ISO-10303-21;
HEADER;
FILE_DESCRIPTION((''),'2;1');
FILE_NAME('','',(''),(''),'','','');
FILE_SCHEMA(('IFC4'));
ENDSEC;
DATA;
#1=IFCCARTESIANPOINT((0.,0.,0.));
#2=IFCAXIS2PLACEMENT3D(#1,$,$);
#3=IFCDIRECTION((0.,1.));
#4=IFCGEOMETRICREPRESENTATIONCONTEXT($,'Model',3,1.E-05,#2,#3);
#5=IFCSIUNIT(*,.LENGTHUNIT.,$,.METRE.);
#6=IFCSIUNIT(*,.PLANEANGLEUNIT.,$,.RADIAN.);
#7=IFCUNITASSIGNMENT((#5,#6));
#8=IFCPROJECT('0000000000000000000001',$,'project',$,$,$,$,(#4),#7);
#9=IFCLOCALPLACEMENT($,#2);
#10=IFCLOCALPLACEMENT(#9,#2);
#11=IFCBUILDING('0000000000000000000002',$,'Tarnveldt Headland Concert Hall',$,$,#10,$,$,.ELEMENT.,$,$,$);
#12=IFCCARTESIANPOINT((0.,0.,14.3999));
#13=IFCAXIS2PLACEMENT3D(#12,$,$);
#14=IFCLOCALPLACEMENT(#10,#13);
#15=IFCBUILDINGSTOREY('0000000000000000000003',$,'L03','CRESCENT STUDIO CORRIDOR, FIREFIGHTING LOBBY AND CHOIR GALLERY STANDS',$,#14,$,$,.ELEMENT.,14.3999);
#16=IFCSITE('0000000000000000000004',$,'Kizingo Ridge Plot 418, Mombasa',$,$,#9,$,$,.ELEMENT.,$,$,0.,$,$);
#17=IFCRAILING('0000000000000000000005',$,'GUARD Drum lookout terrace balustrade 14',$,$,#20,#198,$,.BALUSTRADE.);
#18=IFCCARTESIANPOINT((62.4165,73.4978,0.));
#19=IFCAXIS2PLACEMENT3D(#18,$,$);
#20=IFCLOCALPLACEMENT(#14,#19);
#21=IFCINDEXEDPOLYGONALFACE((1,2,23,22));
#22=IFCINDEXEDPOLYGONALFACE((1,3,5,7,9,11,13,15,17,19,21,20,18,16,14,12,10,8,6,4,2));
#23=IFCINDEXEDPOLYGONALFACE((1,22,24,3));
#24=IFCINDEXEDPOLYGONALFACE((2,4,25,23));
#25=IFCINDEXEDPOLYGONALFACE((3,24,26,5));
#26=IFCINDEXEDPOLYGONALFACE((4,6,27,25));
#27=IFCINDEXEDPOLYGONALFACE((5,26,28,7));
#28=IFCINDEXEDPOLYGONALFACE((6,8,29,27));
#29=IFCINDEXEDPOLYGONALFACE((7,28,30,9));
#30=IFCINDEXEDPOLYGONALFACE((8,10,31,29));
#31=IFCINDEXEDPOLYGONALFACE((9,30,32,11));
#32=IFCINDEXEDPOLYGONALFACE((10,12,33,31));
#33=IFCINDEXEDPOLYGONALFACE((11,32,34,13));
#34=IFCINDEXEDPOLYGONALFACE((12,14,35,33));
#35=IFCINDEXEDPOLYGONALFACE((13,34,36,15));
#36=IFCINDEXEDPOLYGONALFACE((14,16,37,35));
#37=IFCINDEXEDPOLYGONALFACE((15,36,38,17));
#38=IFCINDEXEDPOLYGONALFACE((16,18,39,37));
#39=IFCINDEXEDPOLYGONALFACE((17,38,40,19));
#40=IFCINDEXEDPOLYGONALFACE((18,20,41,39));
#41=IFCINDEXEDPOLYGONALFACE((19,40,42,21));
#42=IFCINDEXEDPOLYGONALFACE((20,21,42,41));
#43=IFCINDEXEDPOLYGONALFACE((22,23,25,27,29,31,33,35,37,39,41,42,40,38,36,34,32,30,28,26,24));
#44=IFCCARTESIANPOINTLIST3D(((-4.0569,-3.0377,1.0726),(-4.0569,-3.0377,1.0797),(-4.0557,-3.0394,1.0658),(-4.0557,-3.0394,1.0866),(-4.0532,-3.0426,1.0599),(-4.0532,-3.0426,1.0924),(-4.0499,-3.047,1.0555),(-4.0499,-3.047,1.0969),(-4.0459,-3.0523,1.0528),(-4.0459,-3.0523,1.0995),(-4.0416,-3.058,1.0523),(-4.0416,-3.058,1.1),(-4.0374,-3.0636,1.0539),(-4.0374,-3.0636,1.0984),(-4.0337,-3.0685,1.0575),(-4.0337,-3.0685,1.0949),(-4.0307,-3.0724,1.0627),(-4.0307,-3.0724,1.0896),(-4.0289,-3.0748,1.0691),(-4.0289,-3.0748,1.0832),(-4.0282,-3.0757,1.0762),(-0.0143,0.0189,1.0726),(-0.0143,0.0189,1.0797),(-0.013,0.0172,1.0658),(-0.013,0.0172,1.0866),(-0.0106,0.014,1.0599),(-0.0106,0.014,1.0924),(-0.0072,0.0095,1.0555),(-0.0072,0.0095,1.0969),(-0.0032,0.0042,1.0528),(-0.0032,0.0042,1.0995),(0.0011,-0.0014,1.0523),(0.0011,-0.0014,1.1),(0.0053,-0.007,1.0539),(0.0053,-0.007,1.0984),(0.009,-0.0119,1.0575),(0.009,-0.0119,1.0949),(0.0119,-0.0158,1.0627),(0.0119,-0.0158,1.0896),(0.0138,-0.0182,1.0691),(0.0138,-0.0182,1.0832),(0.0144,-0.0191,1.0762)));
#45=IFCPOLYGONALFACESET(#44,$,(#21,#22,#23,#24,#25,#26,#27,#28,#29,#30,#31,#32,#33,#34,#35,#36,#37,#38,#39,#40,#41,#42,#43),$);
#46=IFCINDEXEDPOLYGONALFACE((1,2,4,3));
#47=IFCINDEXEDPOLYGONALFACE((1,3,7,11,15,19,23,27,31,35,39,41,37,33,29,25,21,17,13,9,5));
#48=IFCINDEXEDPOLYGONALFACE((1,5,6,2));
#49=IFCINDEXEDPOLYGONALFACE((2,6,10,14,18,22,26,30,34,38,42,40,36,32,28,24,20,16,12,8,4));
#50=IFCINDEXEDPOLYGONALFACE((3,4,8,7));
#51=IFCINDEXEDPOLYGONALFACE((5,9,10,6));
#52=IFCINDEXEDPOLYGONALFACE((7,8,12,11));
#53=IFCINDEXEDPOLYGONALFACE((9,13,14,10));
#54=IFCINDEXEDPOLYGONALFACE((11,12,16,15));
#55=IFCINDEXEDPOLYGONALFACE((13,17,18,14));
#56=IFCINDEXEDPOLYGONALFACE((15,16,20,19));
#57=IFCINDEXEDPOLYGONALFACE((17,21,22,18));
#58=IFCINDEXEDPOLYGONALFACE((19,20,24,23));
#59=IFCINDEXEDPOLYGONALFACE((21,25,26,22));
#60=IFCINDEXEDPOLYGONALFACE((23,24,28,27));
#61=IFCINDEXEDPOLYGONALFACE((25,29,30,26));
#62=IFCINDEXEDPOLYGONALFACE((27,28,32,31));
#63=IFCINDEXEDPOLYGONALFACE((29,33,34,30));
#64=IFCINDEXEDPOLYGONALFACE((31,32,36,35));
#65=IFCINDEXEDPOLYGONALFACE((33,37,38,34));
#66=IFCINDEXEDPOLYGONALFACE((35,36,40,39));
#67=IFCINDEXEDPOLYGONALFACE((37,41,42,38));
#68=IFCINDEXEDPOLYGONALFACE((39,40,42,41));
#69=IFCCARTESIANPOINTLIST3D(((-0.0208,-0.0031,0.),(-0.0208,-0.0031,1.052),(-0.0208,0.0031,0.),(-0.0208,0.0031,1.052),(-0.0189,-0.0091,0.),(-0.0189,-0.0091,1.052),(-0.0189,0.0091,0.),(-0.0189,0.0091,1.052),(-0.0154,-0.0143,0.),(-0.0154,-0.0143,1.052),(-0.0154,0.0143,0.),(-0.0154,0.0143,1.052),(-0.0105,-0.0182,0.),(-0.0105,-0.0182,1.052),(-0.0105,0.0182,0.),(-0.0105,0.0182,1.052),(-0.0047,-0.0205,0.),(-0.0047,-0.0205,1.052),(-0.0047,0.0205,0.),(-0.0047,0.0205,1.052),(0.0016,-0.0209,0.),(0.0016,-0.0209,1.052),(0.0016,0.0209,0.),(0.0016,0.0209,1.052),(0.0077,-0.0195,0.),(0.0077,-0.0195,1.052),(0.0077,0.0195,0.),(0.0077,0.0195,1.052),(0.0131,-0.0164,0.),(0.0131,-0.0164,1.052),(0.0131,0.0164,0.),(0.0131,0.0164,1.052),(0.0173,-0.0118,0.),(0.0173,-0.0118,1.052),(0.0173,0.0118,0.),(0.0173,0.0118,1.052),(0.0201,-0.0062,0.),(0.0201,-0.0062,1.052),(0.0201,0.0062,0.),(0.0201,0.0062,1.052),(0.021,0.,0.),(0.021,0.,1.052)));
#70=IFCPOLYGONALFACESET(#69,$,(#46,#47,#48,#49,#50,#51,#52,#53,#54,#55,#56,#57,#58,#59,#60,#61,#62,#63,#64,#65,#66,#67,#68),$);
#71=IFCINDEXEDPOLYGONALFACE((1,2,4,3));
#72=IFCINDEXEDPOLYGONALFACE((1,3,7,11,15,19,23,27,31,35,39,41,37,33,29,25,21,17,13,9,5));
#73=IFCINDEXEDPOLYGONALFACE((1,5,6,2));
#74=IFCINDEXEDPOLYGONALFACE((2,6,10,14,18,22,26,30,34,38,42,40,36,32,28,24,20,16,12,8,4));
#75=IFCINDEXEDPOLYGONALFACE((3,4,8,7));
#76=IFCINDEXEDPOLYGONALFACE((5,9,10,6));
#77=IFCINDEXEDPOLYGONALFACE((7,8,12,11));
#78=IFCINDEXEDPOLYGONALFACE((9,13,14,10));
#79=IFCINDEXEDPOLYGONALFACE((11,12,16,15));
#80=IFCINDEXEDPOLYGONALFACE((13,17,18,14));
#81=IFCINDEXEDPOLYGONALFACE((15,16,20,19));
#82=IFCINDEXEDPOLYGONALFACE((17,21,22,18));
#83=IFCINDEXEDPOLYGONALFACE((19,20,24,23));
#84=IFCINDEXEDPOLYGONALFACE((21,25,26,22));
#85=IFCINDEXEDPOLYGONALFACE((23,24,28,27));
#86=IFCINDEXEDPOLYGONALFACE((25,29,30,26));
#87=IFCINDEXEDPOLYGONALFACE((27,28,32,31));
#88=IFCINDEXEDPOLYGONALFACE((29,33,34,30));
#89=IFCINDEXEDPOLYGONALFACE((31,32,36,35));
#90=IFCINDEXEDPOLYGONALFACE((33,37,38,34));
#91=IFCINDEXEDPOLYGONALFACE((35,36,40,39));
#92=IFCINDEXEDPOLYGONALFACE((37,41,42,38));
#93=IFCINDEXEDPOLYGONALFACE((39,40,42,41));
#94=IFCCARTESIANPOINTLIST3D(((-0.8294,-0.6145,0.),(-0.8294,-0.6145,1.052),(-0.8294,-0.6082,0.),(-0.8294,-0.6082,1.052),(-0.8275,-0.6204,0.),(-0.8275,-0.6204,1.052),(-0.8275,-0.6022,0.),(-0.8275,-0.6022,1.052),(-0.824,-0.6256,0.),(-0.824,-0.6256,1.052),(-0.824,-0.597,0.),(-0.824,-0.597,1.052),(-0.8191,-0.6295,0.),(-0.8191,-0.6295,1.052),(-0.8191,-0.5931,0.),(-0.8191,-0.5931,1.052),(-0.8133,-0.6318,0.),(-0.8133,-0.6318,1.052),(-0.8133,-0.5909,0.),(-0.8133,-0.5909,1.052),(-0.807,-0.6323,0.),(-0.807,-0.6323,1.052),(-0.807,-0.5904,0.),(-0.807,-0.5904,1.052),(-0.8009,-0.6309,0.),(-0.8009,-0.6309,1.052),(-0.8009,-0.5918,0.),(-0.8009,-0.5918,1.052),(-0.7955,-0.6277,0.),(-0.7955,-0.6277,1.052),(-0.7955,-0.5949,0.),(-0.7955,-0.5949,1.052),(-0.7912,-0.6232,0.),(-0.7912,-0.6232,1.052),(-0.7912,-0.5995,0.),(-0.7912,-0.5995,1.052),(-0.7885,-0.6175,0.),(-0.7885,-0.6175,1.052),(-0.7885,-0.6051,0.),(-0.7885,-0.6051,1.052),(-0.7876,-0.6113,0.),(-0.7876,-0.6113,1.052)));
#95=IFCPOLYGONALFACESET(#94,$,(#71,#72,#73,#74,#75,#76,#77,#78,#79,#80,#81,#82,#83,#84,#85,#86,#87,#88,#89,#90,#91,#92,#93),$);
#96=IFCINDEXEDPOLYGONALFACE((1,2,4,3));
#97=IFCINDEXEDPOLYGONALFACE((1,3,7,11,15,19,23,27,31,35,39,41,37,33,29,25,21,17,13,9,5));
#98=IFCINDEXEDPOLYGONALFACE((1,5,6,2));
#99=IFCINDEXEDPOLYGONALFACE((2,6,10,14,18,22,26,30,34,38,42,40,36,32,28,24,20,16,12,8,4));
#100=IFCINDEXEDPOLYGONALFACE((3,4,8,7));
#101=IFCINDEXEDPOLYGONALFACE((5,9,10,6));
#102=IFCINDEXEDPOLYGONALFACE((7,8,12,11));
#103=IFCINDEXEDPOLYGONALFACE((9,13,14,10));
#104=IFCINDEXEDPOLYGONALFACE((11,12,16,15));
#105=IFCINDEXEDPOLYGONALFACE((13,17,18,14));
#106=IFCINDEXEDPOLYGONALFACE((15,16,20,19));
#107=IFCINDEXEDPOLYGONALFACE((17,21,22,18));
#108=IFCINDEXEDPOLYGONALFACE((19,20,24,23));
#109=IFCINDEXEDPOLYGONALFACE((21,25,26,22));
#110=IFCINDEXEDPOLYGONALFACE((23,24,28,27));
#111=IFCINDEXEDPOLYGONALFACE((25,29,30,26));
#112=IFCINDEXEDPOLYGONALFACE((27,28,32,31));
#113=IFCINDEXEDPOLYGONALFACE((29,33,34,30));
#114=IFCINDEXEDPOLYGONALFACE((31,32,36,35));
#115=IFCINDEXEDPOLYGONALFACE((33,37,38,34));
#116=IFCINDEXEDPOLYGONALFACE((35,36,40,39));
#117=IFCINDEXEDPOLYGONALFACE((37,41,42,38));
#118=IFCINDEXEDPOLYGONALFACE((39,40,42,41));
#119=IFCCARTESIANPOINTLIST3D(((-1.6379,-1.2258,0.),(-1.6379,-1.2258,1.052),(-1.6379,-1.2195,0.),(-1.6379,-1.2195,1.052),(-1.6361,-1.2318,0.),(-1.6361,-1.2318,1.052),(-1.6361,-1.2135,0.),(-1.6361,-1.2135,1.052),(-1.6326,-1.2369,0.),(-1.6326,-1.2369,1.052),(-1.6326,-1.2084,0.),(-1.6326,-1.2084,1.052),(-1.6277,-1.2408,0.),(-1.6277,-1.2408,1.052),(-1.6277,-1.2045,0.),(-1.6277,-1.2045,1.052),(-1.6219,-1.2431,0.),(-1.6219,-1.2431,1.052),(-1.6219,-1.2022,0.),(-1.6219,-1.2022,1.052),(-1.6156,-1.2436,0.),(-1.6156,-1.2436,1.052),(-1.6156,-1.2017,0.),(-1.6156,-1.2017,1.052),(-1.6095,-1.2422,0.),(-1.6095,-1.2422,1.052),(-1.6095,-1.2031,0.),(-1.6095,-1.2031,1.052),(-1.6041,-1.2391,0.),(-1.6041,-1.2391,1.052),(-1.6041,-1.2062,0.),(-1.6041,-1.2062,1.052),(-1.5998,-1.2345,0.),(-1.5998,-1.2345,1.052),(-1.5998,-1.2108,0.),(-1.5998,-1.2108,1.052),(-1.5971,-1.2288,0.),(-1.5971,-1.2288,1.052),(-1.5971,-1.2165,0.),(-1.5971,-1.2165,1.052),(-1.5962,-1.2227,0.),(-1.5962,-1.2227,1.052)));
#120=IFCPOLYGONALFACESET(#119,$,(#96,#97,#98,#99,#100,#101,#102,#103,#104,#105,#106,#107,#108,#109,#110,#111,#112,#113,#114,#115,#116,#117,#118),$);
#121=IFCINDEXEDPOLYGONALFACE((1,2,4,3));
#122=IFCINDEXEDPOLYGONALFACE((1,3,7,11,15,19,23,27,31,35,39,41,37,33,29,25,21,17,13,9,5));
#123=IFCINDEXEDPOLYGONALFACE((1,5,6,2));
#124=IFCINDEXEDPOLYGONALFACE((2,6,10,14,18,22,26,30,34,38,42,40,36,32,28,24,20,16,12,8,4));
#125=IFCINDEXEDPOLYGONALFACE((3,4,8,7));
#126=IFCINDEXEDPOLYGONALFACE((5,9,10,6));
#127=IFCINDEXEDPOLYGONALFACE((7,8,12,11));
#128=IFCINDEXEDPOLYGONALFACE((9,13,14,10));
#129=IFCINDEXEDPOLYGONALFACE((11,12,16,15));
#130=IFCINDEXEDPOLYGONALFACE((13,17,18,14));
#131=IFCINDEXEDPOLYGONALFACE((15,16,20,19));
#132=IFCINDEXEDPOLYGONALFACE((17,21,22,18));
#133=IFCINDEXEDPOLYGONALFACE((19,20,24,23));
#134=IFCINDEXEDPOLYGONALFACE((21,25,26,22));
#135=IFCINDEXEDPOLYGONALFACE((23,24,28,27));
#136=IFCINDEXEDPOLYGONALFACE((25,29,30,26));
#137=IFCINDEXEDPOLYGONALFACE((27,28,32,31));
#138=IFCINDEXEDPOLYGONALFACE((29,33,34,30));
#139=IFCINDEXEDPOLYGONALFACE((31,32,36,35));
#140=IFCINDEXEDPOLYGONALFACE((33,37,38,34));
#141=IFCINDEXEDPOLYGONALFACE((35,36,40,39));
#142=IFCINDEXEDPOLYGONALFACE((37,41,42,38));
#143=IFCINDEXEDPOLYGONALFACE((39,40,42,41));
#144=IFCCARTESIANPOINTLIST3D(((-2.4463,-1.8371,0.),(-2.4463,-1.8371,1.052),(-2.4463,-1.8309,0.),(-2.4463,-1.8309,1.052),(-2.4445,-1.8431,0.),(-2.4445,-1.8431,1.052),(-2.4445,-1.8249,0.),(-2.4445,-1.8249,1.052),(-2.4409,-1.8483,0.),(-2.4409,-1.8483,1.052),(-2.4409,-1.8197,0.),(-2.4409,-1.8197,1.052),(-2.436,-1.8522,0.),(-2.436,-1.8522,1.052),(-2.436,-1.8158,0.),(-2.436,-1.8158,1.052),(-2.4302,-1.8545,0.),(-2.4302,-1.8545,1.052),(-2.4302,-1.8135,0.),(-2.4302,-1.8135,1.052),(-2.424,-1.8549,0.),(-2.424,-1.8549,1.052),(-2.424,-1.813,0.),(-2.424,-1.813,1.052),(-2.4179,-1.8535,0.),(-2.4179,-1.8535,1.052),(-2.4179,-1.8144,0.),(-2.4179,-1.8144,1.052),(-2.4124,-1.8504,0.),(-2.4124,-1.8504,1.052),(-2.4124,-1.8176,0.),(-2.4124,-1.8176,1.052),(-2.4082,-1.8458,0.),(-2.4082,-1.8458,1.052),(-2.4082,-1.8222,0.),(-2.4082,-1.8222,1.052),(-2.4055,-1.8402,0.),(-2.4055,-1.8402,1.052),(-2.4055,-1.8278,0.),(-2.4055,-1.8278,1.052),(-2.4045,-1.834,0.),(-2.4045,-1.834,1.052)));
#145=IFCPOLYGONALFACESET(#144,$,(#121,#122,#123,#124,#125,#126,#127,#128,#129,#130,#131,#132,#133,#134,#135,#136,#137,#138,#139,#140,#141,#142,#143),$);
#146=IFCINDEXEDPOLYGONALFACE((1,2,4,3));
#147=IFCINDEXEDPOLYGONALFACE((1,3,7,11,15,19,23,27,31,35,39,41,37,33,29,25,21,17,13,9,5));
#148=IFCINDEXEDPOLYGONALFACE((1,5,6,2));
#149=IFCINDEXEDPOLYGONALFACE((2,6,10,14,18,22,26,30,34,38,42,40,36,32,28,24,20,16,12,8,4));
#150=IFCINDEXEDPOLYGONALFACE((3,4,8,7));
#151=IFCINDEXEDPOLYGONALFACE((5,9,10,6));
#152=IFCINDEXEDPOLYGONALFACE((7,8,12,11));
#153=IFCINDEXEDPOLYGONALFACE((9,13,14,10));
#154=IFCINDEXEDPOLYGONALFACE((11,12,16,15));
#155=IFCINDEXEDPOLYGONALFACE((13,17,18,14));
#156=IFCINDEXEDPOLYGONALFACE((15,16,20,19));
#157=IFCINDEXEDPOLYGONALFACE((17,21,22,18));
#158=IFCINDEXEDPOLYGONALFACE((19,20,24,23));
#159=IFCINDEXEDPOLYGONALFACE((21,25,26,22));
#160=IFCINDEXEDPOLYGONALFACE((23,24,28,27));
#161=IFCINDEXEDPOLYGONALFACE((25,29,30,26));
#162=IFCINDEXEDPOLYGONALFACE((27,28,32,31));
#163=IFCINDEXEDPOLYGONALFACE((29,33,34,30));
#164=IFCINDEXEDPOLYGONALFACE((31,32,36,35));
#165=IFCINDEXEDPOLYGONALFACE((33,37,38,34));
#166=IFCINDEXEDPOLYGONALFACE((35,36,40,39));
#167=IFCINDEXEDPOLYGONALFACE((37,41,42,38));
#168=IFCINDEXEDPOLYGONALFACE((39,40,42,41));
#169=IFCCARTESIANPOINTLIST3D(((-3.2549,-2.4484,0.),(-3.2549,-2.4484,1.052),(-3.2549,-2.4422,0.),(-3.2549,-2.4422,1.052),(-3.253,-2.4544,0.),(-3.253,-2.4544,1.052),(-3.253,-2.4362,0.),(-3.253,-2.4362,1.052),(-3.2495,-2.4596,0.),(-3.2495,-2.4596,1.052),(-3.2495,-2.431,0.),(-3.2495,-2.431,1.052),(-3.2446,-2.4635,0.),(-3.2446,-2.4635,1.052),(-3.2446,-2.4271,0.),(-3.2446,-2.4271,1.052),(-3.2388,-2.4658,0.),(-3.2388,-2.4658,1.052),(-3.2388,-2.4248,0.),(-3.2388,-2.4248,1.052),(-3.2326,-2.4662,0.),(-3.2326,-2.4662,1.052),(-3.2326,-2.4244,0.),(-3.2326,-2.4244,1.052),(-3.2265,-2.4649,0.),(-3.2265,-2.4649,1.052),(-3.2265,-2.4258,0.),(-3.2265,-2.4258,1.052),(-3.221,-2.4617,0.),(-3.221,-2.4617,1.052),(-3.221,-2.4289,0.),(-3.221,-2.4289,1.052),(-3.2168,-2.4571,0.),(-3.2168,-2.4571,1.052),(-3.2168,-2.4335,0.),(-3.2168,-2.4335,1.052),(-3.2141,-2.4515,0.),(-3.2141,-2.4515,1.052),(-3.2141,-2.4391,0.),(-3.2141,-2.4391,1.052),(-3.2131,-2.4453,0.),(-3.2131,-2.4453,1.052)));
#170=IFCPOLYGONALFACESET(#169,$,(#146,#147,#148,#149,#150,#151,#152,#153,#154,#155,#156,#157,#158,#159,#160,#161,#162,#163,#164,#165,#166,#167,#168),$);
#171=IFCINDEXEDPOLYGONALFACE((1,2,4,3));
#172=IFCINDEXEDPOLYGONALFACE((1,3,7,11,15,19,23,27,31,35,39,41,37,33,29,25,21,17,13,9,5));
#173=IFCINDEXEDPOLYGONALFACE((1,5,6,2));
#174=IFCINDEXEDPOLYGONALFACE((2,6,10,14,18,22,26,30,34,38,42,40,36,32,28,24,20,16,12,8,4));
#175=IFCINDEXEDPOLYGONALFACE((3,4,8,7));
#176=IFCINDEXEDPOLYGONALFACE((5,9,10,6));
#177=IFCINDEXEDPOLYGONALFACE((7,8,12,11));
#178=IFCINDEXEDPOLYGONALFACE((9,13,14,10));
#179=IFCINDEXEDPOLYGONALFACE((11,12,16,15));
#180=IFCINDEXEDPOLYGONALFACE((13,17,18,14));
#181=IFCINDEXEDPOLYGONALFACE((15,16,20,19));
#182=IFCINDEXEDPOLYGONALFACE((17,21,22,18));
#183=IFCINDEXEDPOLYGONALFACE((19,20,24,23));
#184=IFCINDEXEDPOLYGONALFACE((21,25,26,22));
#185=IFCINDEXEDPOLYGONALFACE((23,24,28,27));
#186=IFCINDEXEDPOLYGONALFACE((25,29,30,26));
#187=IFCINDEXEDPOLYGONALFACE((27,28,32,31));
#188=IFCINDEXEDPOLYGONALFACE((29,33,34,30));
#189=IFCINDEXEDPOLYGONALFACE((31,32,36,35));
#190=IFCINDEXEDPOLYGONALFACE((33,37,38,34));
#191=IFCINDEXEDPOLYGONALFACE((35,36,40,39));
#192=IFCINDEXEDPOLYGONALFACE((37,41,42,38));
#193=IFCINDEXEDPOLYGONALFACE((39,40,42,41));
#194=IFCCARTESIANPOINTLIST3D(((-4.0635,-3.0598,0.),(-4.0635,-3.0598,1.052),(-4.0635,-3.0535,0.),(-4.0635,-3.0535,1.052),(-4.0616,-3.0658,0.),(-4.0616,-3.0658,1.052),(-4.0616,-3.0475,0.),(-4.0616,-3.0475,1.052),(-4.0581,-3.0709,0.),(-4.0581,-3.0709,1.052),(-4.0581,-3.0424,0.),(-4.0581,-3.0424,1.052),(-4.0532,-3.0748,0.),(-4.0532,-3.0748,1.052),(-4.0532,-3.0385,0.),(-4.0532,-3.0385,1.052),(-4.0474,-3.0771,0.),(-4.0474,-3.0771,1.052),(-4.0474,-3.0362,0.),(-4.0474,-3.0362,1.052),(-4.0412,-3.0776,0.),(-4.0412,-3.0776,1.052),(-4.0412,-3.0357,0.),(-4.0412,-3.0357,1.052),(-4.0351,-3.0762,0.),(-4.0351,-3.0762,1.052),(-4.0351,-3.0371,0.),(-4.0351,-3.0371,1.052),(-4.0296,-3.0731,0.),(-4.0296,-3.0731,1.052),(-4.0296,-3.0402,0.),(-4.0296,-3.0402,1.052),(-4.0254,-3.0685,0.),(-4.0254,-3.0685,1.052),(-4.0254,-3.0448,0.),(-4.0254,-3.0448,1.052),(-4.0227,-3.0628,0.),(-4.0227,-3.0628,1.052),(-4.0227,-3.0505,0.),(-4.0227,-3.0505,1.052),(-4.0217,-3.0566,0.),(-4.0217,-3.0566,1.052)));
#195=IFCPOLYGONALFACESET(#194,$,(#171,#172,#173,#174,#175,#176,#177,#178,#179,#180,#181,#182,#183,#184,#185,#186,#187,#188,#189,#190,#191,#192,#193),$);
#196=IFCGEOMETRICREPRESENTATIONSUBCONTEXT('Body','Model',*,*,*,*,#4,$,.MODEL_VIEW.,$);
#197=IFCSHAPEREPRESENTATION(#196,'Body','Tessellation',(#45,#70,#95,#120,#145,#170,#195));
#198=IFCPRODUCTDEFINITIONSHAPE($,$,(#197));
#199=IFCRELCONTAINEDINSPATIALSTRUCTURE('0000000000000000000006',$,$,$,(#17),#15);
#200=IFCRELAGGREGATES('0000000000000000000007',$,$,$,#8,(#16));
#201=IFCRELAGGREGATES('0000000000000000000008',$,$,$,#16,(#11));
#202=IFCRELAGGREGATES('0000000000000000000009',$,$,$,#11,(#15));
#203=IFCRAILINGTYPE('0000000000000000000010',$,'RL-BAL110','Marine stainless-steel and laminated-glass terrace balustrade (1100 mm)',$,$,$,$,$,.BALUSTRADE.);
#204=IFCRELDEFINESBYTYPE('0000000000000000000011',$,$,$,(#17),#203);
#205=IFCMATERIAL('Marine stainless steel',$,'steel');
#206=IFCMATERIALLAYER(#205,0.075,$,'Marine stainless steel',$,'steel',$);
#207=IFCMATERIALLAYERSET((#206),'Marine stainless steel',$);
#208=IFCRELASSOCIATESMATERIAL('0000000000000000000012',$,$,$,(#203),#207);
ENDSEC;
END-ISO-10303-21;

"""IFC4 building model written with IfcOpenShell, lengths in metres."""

from ifc_helpers import new_model, si_unit, direction, frame, origin, origin_2d, place, context, subcontext, project, spatial, circle, extrude, material, layer, layer_set, type_object, element, save


model = new_model("IFC4")

# Units and contexts
model_context = context("Model", 3, precision=1e-05, world=origin(), true_north=direction((0.0, 1.0)))
body_context = subcontext(model_context, "Body", "Model", "MODEL_VIEW")
ifc_project = project(units=[si_unit("LENGTHUNIT", "METRE"), si_unit("PLANEANGLEUNIT", "RADIAN")], contexts=[model_context])

# Site, building, storey
site_placement = place(None, origin())
site = spatial("IfcSite", under=ifc_project, at=site_placement, Name="Kizingo Ridge Plot 418, Mombasa", CompositionType="ELEMENT", RefElevation=0.0)
building_placement = place(site_placement, origin())
building = spatial("IfcBuilding", under=site, at=building_placement, Name="Tarnveldt Headland Concert Hall", CompositionType="ELEMENT")
storey_placement = place(building_placement, frame((0.0, 0.0, 14.3999)))
storey = spatial("IfcBuildingStorey", under=building, at=storey_placement, Name="L03", Description="CRESCENT STUDIO CORRIDOR, FIREFIGHTING LOBBY AND CHOIR GALLERY STANDS", CompositionType="ELEMENT", Elevation=14.3999)

# Railing
ifc_material_1 = material(Name="Marine stainless steel", Category="steel")
ifc_layer_1 = layer(ifc_material_1, 0.075, Name="Marine stainless steel", Category="steel")
ifc_layer_set_1 = layer_set([ifc_layer_1], Name="Marine stainless steel")
railing_type = type_object("IfcRailingType", Name="RL-BAL110", Description="Marine stainless-steel and laminated-glass terrace balustrade (1100 mm)", PredefinedType="BALUSTRADE", material=ifc_layer_set_1)
railing_1_placement = place(storey_placement, frame((62.4165, 73.4978, 0.0)))
element("IfcRailing", 1, at=railing_1_placement, inside=storey, type_object=railing_type, Name="GUARD Drum lookout terrace balustrade 14", PredefinedType="BALUSTRADE", context=body_context, shape_type="SweptSolid", body=[
    extrude(circle(Radius=0.0239, at=origin_2d()), frame((0.0, 0.0, 1.0762), z_axis=(-0.797664, -0.603102, 0.0), x_axis=(0.603102, -0.797664, 0.0)), (0.0, 0.0, 1.0), 5.0681),
    extrude(circle(Radius=0.021, at=origin_2d()), origin(), (0.0, 0.0, 1.0), 1.052),
    extrude(circle(Radius=0.021, at=origin_2d()), frame((-0.8086, -0.6113, 0.0)), (0.0, 0.0, 1.0), 1.052),
    extrude(circle(Radius=0.021, at=origin_2d()), frame((-1.6172, -1.2227, 0.0)), (0.0, 0.0, 1.0), 1.052),
    extrude(circle(Radius=0.021, at=origin_2d()), frame((-2.4255, -1.834, 0.0)), (0.0, 0.0, 1.0), 1.052),
    extrude(circle(Radius=0.021, at=origin_2d()), frame((-3.2341, -2.4453, 0.0)), (0.0, 0.0, 1.0), 1.052),
    extrude(circle(Radius=0.021, at=origin_2d()), frame((-4.0427, -3.0566, 0.0)), (0.0, 0.0, 1.0), 1.052),
])

save(model, "model.ifc")
